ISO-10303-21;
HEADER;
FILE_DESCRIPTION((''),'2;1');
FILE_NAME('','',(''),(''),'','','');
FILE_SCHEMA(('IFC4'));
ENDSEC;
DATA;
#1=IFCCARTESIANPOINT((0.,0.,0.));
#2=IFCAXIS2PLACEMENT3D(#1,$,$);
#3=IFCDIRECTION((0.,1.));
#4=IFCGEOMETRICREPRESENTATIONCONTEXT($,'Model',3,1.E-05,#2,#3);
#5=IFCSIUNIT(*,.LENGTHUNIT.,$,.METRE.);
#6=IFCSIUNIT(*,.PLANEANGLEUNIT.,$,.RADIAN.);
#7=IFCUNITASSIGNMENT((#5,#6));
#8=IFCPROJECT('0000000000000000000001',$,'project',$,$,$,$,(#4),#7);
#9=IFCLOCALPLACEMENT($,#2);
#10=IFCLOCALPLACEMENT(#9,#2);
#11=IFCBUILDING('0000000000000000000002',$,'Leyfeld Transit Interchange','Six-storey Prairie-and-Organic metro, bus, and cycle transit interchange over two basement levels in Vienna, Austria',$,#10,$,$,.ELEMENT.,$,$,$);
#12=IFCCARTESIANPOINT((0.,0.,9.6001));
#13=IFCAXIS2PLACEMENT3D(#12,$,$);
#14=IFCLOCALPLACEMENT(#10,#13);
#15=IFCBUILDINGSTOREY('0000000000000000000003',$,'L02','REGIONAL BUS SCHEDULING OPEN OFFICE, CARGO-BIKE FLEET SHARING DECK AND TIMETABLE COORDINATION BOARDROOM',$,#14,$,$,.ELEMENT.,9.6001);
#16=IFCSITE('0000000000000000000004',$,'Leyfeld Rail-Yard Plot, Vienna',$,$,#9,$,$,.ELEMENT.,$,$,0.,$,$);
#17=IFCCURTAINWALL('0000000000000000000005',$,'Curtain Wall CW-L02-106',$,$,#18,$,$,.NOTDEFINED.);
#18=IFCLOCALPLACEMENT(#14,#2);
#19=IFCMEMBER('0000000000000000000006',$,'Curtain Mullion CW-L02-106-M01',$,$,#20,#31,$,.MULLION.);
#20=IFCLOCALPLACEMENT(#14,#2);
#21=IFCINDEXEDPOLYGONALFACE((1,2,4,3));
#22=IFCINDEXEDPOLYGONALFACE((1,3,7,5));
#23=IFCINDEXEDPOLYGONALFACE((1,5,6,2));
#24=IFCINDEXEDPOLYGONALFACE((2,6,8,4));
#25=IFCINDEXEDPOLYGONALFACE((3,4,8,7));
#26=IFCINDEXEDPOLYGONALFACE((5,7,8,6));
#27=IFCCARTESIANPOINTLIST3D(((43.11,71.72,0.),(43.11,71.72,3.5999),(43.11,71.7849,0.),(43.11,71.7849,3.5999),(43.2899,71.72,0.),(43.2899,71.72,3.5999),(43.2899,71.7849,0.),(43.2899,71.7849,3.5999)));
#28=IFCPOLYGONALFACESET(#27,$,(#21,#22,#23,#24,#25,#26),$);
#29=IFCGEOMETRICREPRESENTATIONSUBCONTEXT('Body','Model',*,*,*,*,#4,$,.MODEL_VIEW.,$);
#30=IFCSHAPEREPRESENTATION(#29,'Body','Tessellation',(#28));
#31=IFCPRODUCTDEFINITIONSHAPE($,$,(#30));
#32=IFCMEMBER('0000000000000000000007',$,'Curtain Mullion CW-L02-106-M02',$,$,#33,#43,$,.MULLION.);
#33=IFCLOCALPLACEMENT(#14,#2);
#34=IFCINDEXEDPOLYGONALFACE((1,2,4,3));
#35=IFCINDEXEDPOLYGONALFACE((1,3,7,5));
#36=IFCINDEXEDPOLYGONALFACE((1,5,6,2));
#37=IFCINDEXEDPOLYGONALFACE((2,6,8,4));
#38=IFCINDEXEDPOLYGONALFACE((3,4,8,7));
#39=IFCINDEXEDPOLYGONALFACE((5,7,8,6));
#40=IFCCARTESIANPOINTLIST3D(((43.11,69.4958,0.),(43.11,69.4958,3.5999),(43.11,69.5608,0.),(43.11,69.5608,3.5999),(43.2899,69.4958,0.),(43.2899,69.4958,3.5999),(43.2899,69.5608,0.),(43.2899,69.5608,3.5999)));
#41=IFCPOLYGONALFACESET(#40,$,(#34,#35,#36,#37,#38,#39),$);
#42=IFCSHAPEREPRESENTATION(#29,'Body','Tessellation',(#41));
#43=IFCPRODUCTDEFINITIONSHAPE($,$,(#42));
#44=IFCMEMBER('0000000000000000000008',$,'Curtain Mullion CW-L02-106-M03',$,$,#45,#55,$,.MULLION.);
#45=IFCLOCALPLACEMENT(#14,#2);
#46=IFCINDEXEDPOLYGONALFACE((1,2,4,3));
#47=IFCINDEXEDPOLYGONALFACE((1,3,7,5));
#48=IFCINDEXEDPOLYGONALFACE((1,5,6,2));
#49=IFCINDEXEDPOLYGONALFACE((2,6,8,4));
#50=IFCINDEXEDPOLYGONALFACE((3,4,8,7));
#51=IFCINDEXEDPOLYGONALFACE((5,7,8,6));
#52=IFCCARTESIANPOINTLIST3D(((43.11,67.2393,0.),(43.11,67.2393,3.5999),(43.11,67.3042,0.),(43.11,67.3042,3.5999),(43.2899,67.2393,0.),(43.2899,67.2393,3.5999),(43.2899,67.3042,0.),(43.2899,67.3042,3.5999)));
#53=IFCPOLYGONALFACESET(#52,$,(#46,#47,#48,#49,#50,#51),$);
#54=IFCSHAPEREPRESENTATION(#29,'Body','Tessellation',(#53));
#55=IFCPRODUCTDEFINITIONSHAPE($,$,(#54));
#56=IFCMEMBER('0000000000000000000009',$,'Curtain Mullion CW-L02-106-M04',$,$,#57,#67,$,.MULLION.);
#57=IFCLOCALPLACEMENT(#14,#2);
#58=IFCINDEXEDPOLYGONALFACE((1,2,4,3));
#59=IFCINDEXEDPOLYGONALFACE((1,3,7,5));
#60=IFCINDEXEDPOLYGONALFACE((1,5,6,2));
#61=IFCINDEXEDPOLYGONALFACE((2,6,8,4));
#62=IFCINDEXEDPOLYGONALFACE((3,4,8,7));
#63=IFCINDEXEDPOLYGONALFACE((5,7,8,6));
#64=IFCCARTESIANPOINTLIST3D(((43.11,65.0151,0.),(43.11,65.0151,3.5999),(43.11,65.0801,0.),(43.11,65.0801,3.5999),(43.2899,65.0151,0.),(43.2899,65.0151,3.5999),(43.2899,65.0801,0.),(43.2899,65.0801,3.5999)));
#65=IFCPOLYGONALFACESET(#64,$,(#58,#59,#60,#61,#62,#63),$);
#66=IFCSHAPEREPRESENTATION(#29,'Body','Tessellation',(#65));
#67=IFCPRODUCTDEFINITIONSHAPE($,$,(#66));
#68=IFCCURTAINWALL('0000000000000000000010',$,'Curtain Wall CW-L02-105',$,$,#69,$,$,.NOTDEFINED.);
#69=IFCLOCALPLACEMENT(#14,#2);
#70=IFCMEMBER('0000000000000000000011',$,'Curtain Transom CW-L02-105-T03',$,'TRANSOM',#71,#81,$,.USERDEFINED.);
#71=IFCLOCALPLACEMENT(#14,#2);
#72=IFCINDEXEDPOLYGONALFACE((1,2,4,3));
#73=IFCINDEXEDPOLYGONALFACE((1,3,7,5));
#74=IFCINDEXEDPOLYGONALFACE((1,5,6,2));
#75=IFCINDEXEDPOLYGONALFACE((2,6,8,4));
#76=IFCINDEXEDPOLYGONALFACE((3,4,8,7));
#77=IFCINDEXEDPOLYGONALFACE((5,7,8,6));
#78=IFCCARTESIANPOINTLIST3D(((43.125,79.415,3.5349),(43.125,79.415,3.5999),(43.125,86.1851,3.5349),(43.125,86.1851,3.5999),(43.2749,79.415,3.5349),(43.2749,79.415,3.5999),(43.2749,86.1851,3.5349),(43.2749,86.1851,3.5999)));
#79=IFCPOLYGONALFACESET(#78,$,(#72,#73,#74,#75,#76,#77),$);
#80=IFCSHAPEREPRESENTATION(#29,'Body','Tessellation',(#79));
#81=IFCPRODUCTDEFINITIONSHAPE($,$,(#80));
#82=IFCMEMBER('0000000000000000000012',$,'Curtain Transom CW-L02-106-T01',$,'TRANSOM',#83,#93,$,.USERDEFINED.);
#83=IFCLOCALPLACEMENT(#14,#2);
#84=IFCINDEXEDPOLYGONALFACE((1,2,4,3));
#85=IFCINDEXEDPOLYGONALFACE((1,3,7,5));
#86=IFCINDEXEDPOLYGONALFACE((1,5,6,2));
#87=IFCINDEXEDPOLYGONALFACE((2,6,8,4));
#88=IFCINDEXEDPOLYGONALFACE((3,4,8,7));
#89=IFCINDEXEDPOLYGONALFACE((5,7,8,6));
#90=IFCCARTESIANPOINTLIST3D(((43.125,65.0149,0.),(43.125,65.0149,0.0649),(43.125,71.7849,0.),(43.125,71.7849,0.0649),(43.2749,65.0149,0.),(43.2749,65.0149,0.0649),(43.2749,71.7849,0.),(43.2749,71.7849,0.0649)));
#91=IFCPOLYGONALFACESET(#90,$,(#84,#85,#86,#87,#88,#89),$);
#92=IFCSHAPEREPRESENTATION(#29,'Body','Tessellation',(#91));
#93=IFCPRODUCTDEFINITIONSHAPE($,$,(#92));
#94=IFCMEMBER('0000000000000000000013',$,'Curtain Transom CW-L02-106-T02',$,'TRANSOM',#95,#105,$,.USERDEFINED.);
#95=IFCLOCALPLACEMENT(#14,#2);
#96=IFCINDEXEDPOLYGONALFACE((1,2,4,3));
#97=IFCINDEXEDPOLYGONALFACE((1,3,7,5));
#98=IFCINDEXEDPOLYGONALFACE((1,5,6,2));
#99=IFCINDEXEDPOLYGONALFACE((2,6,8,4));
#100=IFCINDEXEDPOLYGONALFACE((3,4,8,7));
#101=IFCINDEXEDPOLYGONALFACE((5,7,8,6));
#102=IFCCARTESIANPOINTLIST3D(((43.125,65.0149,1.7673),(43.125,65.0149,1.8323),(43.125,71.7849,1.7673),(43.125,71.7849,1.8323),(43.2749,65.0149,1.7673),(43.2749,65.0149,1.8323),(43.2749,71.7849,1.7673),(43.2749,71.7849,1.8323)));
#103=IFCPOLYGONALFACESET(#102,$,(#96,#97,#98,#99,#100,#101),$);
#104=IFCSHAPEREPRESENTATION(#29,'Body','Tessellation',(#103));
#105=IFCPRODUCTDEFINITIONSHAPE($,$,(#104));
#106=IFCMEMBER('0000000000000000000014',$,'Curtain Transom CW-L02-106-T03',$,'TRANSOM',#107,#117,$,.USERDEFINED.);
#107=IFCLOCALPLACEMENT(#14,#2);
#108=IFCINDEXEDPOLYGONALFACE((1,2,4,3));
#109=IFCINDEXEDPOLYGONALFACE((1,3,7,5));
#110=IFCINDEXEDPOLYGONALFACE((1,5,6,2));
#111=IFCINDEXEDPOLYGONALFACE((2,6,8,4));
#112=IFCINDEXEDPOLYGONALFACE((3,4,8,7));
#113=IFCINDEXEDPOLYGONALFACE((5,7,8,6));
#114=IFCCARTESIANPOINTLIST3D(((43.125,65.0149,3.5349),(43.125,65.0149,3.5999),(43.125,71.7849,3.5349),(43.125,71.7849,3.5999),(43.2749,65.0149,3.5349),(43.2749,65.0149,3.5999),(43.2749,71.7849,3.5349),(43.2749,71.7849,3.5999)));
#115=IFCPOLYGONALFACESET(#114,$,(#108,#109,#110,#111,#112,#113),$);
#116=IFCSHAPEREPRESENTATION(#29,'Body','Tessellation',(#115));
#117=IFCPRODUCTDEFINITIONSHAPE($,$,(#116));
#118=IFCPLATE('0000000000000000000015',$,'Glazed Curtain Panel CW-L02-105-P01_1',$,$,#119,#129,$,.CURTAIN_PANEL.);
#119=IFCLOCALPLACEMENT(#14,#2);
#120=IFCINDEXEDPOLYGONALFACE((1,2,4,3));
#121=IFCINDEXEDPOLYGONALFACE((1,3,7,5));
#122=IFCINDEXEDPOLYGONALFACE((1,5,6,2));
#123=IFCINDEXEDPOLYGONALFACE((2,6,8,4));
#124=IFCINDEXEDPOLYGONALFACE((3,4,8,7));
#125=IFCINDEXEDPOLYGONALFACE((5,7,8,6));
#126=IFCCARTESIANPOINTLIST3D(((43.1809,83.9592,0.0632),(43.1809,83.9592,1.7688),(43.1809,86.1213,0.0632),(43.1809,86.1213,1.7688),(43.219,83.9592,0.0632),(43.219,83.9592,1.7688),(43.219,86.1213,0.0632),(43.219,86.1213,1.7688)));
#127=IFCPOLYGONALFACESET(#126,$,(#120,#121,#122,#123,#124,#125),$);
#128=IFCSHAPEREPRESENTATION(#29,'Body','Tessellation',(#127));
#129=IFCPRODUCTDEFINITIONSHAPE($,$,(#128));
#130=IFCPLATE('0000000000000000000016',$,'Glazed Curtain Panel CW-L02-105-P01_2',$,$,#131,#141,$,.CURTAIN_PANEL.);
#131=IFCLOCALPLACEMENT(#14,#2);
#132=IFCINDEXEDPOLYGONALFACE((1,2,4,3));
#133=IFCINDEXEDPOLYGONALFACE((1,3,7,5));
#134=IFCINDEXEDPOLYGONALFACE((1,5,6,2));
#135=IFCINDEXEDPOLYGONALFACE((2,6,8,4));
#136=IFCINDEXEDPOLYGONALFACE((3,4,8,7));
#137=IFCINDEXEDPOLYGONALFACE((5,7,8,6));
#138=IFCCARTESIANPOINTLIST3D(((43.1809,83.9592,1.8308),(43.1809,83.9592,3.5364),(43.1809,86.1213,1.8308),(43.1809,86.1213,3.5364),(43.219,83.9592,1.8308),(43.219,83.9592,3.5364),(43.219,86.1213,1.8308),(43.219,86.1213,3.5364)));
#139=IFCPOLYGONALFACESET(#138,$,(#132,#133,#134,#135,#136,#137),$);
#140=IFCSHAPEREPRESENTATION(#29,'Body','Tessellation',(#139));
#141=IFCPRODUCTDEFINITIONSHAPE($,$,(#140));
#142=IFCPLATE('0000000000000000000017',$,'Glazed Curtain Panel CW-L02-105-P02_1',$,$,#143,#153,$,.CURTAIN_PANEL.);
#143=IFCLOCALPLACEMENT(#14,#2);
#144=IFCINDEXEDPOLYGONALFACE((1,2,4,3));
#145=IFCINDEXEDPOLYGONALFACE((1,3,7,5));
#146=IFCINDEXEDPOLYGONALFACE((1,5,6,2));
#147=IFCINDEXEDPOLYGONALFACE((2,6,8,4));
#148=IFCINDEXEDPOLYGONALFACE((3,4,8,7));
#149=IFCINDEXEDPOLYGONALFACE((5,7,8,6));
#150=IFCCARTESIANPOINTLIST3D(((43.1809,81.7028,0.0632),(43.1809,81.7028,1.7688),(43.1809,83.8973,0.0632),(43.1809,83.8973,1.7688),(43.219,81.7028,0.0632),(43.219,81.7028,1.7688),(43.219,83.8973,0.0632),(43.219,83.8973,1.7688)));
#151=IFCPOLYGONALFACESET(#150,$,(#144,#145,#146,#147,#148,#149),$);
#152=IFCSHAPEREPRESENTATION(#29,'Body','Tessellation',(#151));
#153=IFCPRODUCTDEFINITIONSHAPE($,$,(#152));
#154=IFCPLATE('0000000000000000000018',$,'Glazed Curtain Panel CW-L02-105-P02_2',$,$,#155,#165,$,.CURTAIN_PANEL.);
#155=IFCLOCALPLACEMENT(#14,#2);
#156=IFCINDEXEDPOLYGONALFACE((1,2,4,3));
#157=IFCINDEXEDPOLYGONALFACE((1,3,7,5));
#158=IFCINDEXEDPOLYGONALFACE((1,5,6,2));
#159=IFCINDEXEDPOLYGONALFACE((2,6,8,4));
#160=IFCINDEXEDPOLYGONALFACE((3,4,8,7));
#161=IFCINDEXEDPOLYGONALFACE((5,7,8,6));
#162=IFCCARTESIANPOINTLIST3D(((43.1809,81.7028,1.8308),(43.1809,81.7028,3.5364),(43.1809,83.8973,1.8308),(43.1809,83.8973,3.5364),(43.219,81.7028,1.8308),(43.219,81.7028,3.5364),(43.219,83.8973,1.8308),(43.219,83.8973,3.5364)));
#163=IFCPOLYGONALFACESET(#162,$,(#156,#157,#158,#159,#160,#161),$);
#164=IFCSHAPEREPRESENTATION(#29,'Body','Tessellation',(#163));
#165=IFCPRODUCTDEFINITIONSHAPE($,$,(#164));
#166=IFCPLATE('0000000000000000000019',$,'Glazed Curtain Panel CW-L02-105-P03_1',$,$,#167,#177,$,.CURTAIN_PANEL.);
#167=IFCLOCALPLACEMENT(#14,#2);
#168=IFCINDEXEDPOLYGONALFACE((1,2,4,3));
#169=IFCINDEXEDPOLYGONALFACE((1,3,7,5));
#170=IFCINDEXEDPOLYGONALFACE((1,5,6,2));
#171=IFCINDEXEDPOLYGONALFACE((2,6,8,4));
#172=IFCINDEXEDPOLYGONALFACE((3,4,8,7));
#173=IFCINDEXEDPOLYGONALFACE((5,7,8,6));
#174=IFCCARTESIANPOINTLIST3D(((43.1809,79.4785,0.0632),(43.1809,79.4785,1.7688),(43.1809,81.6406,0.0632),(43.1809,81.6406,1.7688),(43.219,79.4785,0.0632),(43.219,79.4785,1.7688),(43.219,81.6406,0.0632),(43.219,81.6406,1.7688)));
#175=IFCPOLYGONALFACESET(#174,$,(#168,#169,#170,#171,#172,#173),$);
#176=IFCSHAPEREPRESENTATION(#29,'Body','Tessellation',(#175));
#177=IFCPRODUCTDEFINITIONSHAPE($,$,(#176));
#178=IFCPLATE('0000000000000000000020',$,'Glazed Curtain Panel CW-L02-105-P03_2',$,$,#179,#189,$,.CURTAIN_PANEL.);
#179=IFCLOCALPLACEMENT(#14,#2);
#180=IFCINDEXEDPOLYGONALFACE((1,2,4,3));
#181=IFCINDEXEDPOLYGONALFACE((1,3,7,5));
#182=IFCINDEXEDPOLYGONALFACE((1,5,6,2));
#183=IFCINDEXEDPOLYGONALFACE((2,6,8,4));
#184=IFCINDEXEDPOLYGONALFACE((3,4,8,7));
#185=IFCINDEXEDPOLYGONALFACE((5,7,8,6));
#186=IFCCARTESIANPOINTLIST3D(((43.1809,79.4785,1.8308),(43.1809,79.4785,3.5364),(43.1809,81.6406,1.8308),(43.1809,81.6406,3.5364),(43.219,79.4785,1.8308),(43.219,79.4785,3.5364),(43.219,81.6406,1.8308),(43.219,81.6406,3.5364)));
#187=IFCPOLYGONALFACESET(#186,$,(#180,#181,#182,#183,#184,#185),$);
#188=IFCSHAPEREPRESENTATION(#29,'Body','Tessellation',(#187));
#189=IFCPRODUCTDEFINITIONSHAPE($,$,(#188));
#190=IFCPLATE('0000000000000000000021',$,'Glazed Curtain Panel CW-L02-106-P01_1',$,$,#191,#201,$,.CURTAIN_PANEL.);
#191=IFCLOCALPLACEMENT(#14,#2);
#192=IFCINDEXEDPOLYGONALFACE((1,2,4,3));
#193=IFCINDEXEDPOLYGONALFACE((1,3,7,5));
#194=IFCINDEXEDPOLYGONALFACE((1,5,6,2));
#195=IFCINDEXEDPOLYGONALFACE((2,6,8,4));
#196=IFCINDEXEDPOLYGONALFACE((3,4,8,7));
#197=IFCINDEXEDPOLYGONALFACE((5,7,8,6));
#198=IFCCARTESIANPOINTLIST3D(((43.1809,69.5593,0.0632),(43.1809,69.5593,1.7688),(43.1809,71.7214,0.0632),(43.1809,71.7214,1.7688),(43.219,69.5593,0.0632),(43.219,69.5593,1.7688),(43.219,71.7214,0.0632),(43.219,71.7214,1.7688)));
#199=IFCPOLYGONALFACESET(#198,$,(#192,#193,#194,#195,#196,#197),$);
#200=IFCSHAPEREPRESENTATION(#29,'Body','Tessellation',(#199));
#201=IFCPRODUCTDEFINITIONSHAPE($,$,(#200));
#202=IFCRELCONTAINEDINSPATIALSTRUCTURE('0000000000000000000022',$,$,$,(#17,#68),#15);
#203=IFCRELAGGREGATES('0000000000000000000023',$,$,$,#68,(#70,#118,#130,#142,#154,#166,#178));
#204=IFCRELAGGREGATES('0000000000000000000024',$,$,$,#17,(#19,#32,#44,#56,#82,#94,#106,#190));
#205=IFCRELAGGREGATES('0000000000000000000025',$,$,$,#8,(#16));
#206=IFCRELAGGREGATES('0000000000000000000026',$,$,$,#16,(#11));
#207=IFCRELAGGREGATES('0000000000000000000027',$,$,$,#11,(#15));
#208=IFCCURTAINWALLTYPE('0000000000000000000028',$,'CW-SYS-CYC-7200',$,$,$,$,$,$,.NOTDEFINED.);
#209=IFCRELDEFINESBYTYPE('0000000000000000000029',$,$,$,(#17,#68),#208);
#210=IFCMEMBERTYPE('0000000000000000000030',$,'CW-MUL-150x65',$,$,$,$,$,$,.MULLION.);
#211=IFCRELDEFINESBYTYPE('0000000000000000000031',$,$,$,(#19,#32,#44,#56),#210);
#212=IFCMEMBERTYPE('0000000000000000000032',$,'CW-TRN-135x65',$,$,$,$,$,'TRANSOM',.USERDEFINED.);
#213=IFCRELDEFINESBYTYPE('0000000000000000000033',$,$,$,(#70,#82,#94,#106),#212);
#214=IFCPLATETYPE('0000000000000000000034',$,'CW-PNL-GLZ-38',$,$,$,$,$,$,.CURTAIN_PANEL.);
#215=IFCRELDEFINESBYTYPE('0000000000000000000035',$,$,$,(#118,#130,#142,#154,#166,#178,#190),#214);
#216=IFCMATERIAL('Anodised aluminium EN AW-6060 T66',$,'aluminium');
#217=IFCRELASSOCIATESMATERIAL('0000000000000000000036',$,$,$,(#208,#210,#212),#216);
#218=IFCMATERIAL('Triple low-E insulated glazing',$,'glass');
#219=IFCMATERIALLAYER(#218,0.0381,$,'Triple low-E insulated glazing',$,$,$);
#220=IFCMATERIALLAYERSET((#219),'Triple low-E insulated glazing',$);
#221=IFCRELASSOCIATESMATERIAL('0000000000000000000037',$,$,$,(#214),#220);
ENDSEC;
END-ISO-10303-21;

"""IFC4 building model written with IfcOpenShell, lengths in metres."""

from ifc_helpers import new_model, si_unit, direction, frame, origin, origin_2d, place, context, subcontext, project, spatial, rectangle, extrude, material, layer, layer_set, material_profile, profile_set, type_object, element, aggregate, save


model = new_model("IFC4")

# Units and contexts
model_context = context("Model", 3, precision=1e-05, world=origin(), true_north=direction((0.0, 1.0)))
body_context = subcontext(model_context, "Body", "Model", "MODEL_VIEW")
ifc_project = project(units=[si_unit("LENGTHUNIT", "METRE"), si_unit("PLANEANGLEUNIT", "RADIAN")], contexts=[model_context])

# Site, building, storey
site_placement = place(None, origin())
site = spatial("IfcSite", under=ifc_project, at=site_placement, Name="Leyfeld Rail-Yard Plot, Vienna", CompositionType="ELEMENT", RefElevation=0.0)
building_placement = place(site_placement, origin())
building = spatial("IfcBuilding", under=site, at=building_placement, Name="Leyfeld Transit Interchange", Description="Six-storey Prairie-and-Organic metro, bus, and cycle transit interchange over two basement levels in Vienna, Austria", CompositionType="ELEMENT")
storey_placement = place(building_placement, frame((0.0, 0.0, 9.6001)))
storey = spatial("IfcBuildingStorey", under=building, at=storey_placement, Name="L02", Description="REGIONAL BUS SCHEDULING OPEN OFFICE, CARGO-BIKE FLEET SHARING DECK AND TIMETABLE COORDINATION BOARDROOM", CompositionType="ELEMENT", Elevation=9.6001)

# Curtain wall, members
ifc_material_1 = material(Name="Anodised aluminium EN AW-6060 T66", Category="aluminium")
curtain_wall_type = type_object("IfcCurtainWallType", Name="CW-SYS-CYC-7200", PredefinedType="NOTDEFINED", material=ifc_material_1)
curtain_wall_1_placement = place(storey_placement, origin())
curtain_wall_1 = element("IfcCurtainWall", 1, at=curtain_wall_1_placement, inside=storey, type_object=curtain_wall_type, Name="Curtain Wall CW-L02-106", PredefinedType="NOTDEFINED")
ifc_material_profile_1 = material_profile(ifc_material_1, rectangle(XDim=0.0649, YDim=0.1799, at=origin_2d()), Name="CW-M 65x180")
ifc_profile_set_1 = profile_set([ifc_material_profile_1], Name="Anodised aluminium EN AW-6060 T66")
member_type_1 = type_object("IfcMemberType", Name="CW-MUL-150x65", PredefinedType="MULLION", material=ifc_profile_set_1)
member_1_placement = place(storey_placement, frame((43.2, 71.7524, 0.0), z_axis=(0.0, 0.0, 1.0), x_axis=(0.0, -1.0, 0.0)))
member_1 = element("IfcMember", 2, at=member_1_placement, type_object=member_type_1, Name="Curtain Mullion CW-L02-106-M01", PredefinedType="MULLION", context=body_context, shape_type="SweptSolid", body=[
    extrude(rectangle(XDim=0.0649, YDim=0.1799, at=origin_2d()), origin(), (0.0, 0.0, 1.0), 3.5999),
])
member_2_placement = place(storey_placement, frame((43.2, 69.5283, 0.0), z_axis=(0.0, 0.0, 1.0), x_axis=(0.0, -1.0, 0.0)))
member_2 = element("IfcMember", 3, at=member_2_placement, type_object=member_type_1, Name="Curtain Mullion CW-L02-106-M02", PredefinedType="MULLION", context=body_context, shape_type="SweptSolid", body=[
    extrude(rectangle(XDim=0.0649, YDim=0.1799, at=origin_2d()), origin(), (0.0, 0.0, 1.0), 3.5999),
])
member_3_placement = place(storey_placement, frame((43.2, 67.2717, 0.0), z_axis=(0.0, 0.0, 1.0), x_axis=(0.0, -1.0, 0.0)))
member_3 = element("IfcMember", 4, at=member_3_placement, type_object=member_type_1, Name="Curtain Mullion CW-L02-106-M03", PredefinedType="MULLION", context=body_context, shape_type="SweptSolid", body=[
    extrude(rectangle(XDim=0.0649, YDim=0.1799, at=origin_2d()), origin(), (0.0, 0.0, 1.0), 3.5999),
])
member_4_placement = place(storey_placement, frame((43.2, 65.0476, 0.0), z_axis=(0.0, 0.0, 1.0), x_axis=(0.0, -1.0, 0.0)))
member_4 = element("IfcMember", 5, at=member_4_placement, type_object=member_type_1, Name="Curtain Mullion CW-L02-106-M04", PredefinedType="MULLION", context=body_context, shape_type="SweptSolid", body=[
    extrude(rectangle(XDim=0.0649, YDim=0.1799, at=origin_2d()), origin(), (0.0, 0.0, 1.0), 3.5999),
])

# Curtain wall, member
curtain_wall_2_placement = place(storey_placement, origin())
curtain_wall_2 = element("IfcCurtainWall", 6, at=curtain_wall_2_placement, inside=storey, type_object=curtain_wall_type, Name="Curtain Wall CW-L02-105", PredefinedType="NOTDEFINED")
ifc_material_profile_2 = material_profile(ifc_material_1, rectangle(XDim=0.1499, YDim=0.0649, at=origin_2d()), Name="CW-TRN-135x65")
ifc_profile_set_2 = profile_set([ifc_material_profile_2], Name="Anodised aluminium EN AW-6060 T66")
member_type_2 = type_object("IfcMemberType", Name="CW-TRN-135x65", ElementType="TRANSOM", PredefinedType="USERDEFINED", material=ifc_profile_set_2)
member_5_placement = place(storey_placement, frame((43.2, 86.1851, 3.5674), z_axis=(0.0, -1.0, 0.0), x_axis=(1.0, 0.0, 0.0)))
member_5 = element("IfcMember", 7, at=member_5_placement, type_object=member_type_2, Name="Curtain Transom CW-L02-105-T03", ObjectType="TRANSOM", PredefinedType="USERDEFINED", context=body_context, shape_type="SweptSolid", body=[
    extrude(rectangle(XDim=0.1499, YDim=0.0649, at=origin_2d()), origin(), (0.0, 0.0, 1.0), 6.77),
])

# Members
member_6_placement = place(storey_placement, frame((43.2, 71.7849, 0.0325), z_axis=(0.0, -1.0, 0.0), x_axis=(1.0, 0.0, 0.0)))
member_6 = element("IfcMember", 8, at=member_6_placement, type_object=member_type_2, Name="Curtain Transom CW-L02-106-T01", ObjectType="TRANSOM", PredefinedType="USERDEFINED", context=body_context, shape_type="SweptSolid", body=[
    extrude(rectangle(XDim=0.1499, YDim=0.0649, at=origin_2d()), origin(), (0.0, 0.0, 1.0), 6.77),
])
member_7_placement = place(storey_placement, frame((43.2, 71.7849, 1.7998), z_axis=(0.0, -1.0, 0.0), x_axis=(1.0, 0.0, 0.0)))
member_7 = element("IfcMember", 9, at=member_7_placement, type_object=member_type_2, Name="Curtain Transom CW-L02-106-T02", ObjectType="TRANSOM", PredefinedType="USERDEFINED", context=body_context, shape_type="SweptSolid", body=[
    extrude(rectangle(XDim=0.1499, YDim=0.0649, at=origin_2d()), origin(), (0.0, 0.0, 1.0), 6.77),
])
member_8_placement = place(storey_placement, frame((43.2, 71.7849, 3.5674), z_axis=(0.0, -1.0, 0.0), x_axis=(1.0, 0.0, 0.0)))
member_8 = element("IfcMember", 10, at=member_8_placement, type_object=member_type_2, Name="Curtain Transom CW-L02-106-T03", ObjectType="TRANSOM", PredefinedType="USERDEFINED", context=body_context, shape_type="SweptSolid", body=[
    extrude(rectangle(XDim=0.1499, YDim=0.0649, at=origin_2d()), origin(), (0.0, 0.0, 1.0), 6.77),
])

# Plates
ifc_material_2 = material(Name="Triple low-E insulated glazing", Category="glass")
ifc_layer_1 = layer(ifc_material_2, 0.0381, Name="Triple low-E insulated glazing")
ifc_layer_set_1 = layer_set([ifc_layer_1], Name="Triple low-E insulated glazing")
plate_type = type_object("IfcPlateType", Name="CW-PNL-GLZ-38", PredefinedType="CURTAIN_PANEL", material=ifc_layer_set_1)
plate_1_placement = place(storey_placement, frame((43.2, 85.0403, 0.0632), z_axis=(0.0, 0.0, 1.0), x_axis=(0.0, -1.0, 0.0)))
plate_1 = element("IfcPlate", 11, at=plate_1_placement, type_object=plate_type, Name="Glazed Curtain Panel CW-L02-105-P01_1", PredefinedType="CURTAIN_PANEL", context=body_context, shape_type="SweptSolid", body=[
    extrude(rectangle(XDim=2.1621, YDim=0.0381, at=origin_2d()), origin(), (0.0, 0.0, 1.0), 1.7056),
])
plate_2_placement = place(storey_placement, frame((43.2, 85.0403, 1.8308), z_axis=(0.0, 0.0, 1.0), x_axis=(0.0, -1.0, 0.0)))
plate_2 = element("IfcPlate", 12, at=plate_2_placement, type_object=plate_type, Name="Glazed Curtain Panel CW-L02-105-P01_2", PredefinedType="CURTAIN_PANEL", context=body_context, shape_type="SweptSolid", body=[
    extrude(rectangle(XDim=2.1621, YDim=0.0381, at=origin_2d()), origin(), (0.0, 0.0, 1.0), 1.7056),
])
plate_3_placement = place(storey_placement, frame((43.2, 82.8, 0.0632), z_axis=(0.0, 0.0, 1.0), x_axis=(0.0, -1.0, 0.0)))
plate_3 = element("IfcPlate", 13, at=plate_3_placement, type_object=plate_type, Name="Glazed Curtain Panel CW-L02-105-P02_1", PredefinedType="CURTAIN_PANEL", context=body_context, shape_type="SweptSolid", body=[
    extrude(rectangle(XDim=2.1946, YDim=0.0381, at=origin_2d()), origin(), (0.0, 0.0, 1.0), 1.7056),
])
plate_4_placement = place(storey_placement, frame((43.2, 82.8, 1.8308), z_axis=(0.0, 0.0, 1.0), x_axis=(0.0, -1.0, 0.0)))
plate_4 = element("IfcPlate", 14, at=plate_4_placement, type_object=plate_type, Name="Glazed Curtain Panel CW-L02-105-P02_2", PredefinedType="CURTAIN_PANEL", context=body_context, shape_type="SweptSolid", body=[
    extrude(rectangle(XDim=2.1946, YDim=0.0381, at=origin_2d()), origin(), (0.0, 0.0, 1.0), 1.7056),
])
plate_5_placement = place(storey_placement, frame((43.2, 80.5596, 0.0632), z_axis=(0.0, 0.0, 1.0), x_axis=(0.0, -1.0, 0.0)))
plate_5 = element("IfcPlate", 15, at=plate_5_placement, type_object=plate_type, Name="Glazed Curtain Panel CW-L02-105-P03_1", PredefinedType="CURTAIN_PANEL", context=body_context, shape_type="SweptSolid", body=[
    extrude(rectangle(XDim=2.1621, YDim=0.0381, at=origin_2d()), origin(), (0.0, 0.0, 1.0), 1.7056),
])
plate_6_placement = place(storey_placement, frame((43.2, 80.5596, 1.8308), z_axis=(0.0, 0.0, 1.0), x_axis=(0.0, -1.0, 0.0)))
plate_6 = element("IfcPlate", 16, at=plate_6_placement, type_object=plate_type, Name="Glazed Curtain Panel CW-L02-105-P03_2", PredefinedType="CURTAIN_PANEL", context=body_context, shape_type="SweptSolid", body=[
    extrude(rectangle(XDim=2.1621, YDim=0.0381, at=origin_2d()), origin(), (0.0, 0.0, 1.0), 1.7056),
])
aggregate(curtain_wall_2, [member_5, plate_1, plate_2, plate_3, plate_4, plate_5, plate_6])
plate_7_placement = place(storey_placement, frame((43.2, 70.6404, 0.0632), z_axis=(0.0, 0.0, 1.0), x_axis=(0.0, -1.0, 0.0)))
plate_7 = element("IfcPlate", 17, at=plate_7_placement, type_object=plate_type, Name="Glazed Curtain Panel CW-L02-106-P01_1", PredefinedType="CURTAIN_PANEL", context=body_context, shape_type="SweptSolid", body=[
    extrude(rectangle(XDim=2.1621, YDim=0.0381, at=origin_2d()), origin(), (0.0, 0.0, 1.0), 1.7056),
])
aggregate(curtain_wall_1, [member_1, member_2, member_3, member_4, member_6, member_7, member_8, plate_7])

save(model, "model.ifc")
